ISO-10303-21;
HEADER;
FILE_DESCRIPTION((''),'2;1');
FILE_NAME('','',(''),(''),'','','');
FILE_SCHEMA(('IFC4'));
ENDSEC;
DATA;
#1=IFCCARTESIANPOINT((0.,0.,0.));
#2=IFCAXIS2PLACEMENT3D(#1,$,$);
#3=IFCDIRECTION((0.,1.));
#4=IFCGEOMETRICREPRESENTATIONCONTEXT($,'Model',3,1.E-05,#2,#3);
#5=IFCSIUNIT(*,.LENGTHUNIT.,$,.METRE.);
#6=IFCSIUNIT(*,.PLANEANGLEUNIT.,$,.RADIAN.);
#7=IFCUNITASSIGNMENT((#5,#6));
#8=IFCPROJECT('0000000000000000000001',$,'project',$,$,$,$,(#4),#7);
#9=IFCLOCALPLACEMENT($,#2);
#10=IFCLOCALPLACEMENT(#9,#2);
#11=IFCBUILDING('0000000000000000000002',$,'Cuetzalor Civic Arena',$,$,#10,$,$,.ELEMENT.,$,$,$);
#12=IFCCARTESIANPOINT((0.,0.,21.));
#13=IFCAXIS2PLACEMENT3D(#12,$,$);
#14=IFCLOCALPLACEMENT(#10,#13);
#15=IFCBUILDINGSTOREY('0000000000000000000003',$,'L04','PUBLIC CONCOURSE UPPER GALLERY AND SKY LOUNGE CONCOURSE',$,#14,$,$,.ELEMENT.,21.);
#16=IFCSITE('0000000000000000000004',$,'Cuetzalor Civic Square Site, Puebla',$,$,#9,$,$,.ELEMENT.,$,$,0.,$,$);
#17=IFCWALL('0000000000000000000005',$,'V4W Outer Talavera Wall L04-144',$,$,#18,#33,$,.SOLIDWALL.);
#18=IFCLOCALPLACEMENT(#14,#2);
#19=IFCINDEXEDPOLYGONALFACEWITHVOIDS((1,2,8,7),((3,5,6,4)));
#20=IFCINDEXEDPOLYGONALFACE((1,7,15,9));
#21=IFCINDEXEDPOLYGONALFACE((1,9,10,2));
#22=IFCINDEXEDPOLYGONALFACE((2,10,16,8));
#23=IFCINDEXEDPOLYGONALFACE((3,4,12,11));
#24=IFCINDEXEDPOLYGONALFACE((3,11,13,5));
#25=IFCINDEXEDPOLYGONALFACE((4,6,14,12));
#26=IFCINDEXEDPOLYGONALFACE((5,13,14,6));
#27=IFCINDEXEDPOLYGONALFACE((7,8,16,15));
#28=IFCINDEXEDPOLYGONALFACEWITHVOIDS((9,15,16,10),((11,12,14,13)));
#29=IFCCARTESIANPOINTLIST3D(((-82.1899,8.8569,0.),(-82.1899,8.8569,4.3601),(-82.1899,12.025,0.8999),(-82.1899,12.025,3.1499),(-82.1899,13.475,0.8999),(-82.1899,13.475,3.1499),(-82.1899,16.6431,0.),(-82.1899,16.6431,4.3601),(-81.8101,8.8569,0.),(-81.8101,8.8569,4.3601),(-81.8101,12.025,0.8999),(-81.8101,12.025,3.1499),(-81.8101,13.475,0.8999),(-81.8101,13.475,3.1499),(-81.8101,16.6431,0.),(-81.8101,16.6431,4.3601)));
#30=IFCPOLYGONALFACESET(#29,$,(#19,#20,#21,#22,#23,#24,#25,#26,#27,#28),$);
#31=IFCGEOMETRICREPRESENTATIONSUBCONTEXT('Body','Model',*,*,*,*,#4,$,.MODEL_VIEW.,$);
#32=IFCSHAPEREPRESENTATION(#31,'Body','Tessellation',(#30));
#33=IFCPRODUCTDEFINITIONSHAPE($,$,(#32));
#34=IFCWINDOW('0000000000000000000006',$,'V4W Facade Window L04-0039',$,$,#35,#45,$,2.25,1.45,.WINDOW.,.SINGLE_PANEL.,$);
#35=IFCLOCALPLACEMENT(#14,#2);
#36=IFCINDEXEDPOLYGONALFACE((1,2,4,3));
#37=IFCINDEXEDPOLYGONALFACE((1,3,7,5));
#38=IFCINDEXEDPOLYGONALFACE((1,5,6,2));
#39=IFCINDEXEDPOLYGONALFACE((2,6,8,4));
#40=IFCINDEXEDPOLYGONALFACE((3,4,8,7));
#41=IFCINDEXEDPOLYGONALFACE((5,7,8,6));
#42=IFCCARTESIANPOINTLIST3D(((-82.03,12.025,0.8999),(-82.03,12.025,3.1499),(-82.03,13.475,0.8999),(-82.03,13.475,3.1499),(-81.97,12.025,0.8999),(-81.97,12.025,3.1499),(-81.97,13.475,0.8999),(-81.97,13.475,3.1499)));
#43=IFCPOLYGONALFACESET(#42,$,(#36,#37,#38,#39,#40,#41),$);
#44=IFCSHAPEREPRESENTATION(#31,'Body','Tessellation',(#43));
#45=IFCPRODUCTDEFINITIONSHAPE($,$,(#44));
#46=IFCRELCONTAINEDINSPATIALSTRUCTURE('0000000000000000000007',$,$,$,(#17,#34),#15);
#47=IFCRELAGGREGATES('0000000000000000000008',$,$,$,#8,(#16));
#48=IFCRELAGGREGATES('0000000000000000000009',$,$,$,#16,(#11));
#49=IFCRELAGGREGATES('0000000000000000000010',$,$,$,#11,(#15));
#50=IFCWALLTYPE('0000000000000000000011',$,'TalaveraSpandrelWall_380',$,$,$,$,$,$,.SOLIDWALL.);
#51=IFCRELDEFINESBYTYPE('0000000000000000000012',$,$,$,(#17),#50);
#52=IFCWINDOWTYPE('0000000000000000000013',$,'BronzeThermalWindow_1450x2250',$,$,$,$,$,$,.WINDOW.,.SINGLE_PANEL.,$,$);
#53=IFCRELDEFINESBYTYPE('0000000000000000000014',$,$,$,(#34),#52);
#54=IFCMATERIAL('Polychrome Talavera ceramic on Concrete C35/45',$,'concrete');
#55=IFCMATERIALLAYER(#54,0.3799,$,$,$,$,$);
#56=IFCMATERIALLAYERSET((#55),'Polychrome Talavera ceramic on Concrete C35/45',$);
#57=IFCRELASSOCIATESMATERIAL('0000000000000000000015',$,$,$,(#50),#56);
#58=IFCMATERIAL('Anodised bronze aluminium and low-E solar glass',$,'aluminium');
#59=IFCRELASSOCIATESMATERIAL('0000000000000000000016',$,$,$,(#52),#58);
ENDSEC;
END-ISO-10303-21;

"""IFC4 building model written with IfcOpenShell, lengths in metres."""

from ifc_helpers import new_model, si_unit, direction, frame, frame_2d, origin, place, context, subcontext, project, spatial, rectangle, extrude, material, layer, layer_set, type_object, element, fill, save


model = new_model("IFC4")

# Units and contexts
model_context = context("Model", 3, precision=1e-05, world=origin(), true_north=direction((0.0, 1.0)))
body_context = subcontext(model_context, "Body", "Model", "MODEL_VIEW")
ifc_project = project(units=[si_unit("LENGTHUNIT", "METRE"), si_unit("PLANEANGLEUNIT", "RADIAN")], contexts=[model_context])

# Site, building, storey
site_placement = place(None, origin())
site = spatial("IfcSite", under=ifc_project, at=site_placement, Name="Cuetzalor Civic Square Site, Puebla", CompositionType="ELEMENT", RefElevation=0.0)
building_placement = place(site_placement, origin())
building = spatial("IfcBuilding", under=site, at=building_placement, Name="Cuetzalor Civic Arena", CompositionType="ELEMENT")
storey_placement = place(building_placement, frame((0.0, 0.0, 21.0)))
storey = spatial("IfcBuildingStorey", under=building, at=storey_placement, Name="L04", Description="PUBLIC CONCOURSE UPPER GALLERY AND SKY LOUNGE CONCOURSE", CompositionType="ELEMENT", Elevation=21.0)

# Wall, opening, window
ifc_material_1 = material(Name="Polychrome Talavera ceramic on Concrete C35/45", Category="concrete")
ifc_layer_1 = layer(ifc_material_1, 0.3799)
ifc_layer_set_1 = layer_set([ifc_layer_1], Name="Polychrome Talavera ceramic on Concrete C35/45")
wall_type_1 = type_object("IfcWallType", Name="TalaveraSpandrelWall_380", PredefinedType="SOLIDWALL", material=ifc_layer_set_1)
wall_1_placement = place(storey_placement, frame((-82.0, 8.8569, 0.0), z_axis=(0.0, 0.0, 1.0), x_axis=(0.0, 1.0, 0.0)))
wall_1 = element("IfcWall", 1, at=wall_1_placement, inside=storey, type_object=wall_type_1, Name="V4W Outer Talavera Wall L04-144", PredefinedType="SOLIDWALL", context=body_context, shape_type="SweptSolid", body=[
    extrude(rectangle(XDim=7.7861, YDim=0.3799, at=frame_2d((3.8931, 0.0))), origin(), (0.0, 0.0, 1.0), 4.3601),
])
opening_placement = place(wall_1_placement, frame((3.168, 0.0, 0.8999)))
opening = element("IfcOpeningElement", 2, at=opening_placement, cuts=wall_1, PredefinedType="OPENING", context=body_context, shape_type="SweptSolid", body=[
    extrude(rectangle(XDim=1.45, YDim=2.25, at=frame_2d((0.7251, 1.125))), frame((0.0, 0.2, 0.0), z_axis=(0.0, -1.0, 0.0), x_axis=(1.0, 0.0, 0.0)), (0.0, 0.0, 1.0), 0.3999),
])
ifc_material_2 = material(Name="Anodised bronze aluminium and low-E solar glass", Category="aluminium")
window_type = type_object("IfcWindowType", Name="BronzeThermalWindow_1450x2250", PartitioningType="SINGLE_PANEL", PredefinedType="WINDOW", material=ifc_material_2)
window_placement = place(opening_placement, origin())
window = element("IfcWindow", 3, at=window_placement, inside=storey, type_object=window_type, Name="V4W Facade Window L04-0039", OverallHeight=2.25, OverallWidth=1.45, PartitioningType="SINGLE_PANEL", PredefinedType="WINDOW", context=body_context, shape_type="SweptSolid", body=[
    extrude(rectangle(XDim=1.45, YDim=2.25, at=frame_2d((0.7251, 1.125))), frame((0.0, 0.03, 0.0), z_axis=(0.0, -1.0, 0.0), x_axis=(1.0, 0.0, 0.0)), (0.0, 0.0, 1.0), 0.0601),
])
fill(opening, window)

save(model, "model.ifc")
